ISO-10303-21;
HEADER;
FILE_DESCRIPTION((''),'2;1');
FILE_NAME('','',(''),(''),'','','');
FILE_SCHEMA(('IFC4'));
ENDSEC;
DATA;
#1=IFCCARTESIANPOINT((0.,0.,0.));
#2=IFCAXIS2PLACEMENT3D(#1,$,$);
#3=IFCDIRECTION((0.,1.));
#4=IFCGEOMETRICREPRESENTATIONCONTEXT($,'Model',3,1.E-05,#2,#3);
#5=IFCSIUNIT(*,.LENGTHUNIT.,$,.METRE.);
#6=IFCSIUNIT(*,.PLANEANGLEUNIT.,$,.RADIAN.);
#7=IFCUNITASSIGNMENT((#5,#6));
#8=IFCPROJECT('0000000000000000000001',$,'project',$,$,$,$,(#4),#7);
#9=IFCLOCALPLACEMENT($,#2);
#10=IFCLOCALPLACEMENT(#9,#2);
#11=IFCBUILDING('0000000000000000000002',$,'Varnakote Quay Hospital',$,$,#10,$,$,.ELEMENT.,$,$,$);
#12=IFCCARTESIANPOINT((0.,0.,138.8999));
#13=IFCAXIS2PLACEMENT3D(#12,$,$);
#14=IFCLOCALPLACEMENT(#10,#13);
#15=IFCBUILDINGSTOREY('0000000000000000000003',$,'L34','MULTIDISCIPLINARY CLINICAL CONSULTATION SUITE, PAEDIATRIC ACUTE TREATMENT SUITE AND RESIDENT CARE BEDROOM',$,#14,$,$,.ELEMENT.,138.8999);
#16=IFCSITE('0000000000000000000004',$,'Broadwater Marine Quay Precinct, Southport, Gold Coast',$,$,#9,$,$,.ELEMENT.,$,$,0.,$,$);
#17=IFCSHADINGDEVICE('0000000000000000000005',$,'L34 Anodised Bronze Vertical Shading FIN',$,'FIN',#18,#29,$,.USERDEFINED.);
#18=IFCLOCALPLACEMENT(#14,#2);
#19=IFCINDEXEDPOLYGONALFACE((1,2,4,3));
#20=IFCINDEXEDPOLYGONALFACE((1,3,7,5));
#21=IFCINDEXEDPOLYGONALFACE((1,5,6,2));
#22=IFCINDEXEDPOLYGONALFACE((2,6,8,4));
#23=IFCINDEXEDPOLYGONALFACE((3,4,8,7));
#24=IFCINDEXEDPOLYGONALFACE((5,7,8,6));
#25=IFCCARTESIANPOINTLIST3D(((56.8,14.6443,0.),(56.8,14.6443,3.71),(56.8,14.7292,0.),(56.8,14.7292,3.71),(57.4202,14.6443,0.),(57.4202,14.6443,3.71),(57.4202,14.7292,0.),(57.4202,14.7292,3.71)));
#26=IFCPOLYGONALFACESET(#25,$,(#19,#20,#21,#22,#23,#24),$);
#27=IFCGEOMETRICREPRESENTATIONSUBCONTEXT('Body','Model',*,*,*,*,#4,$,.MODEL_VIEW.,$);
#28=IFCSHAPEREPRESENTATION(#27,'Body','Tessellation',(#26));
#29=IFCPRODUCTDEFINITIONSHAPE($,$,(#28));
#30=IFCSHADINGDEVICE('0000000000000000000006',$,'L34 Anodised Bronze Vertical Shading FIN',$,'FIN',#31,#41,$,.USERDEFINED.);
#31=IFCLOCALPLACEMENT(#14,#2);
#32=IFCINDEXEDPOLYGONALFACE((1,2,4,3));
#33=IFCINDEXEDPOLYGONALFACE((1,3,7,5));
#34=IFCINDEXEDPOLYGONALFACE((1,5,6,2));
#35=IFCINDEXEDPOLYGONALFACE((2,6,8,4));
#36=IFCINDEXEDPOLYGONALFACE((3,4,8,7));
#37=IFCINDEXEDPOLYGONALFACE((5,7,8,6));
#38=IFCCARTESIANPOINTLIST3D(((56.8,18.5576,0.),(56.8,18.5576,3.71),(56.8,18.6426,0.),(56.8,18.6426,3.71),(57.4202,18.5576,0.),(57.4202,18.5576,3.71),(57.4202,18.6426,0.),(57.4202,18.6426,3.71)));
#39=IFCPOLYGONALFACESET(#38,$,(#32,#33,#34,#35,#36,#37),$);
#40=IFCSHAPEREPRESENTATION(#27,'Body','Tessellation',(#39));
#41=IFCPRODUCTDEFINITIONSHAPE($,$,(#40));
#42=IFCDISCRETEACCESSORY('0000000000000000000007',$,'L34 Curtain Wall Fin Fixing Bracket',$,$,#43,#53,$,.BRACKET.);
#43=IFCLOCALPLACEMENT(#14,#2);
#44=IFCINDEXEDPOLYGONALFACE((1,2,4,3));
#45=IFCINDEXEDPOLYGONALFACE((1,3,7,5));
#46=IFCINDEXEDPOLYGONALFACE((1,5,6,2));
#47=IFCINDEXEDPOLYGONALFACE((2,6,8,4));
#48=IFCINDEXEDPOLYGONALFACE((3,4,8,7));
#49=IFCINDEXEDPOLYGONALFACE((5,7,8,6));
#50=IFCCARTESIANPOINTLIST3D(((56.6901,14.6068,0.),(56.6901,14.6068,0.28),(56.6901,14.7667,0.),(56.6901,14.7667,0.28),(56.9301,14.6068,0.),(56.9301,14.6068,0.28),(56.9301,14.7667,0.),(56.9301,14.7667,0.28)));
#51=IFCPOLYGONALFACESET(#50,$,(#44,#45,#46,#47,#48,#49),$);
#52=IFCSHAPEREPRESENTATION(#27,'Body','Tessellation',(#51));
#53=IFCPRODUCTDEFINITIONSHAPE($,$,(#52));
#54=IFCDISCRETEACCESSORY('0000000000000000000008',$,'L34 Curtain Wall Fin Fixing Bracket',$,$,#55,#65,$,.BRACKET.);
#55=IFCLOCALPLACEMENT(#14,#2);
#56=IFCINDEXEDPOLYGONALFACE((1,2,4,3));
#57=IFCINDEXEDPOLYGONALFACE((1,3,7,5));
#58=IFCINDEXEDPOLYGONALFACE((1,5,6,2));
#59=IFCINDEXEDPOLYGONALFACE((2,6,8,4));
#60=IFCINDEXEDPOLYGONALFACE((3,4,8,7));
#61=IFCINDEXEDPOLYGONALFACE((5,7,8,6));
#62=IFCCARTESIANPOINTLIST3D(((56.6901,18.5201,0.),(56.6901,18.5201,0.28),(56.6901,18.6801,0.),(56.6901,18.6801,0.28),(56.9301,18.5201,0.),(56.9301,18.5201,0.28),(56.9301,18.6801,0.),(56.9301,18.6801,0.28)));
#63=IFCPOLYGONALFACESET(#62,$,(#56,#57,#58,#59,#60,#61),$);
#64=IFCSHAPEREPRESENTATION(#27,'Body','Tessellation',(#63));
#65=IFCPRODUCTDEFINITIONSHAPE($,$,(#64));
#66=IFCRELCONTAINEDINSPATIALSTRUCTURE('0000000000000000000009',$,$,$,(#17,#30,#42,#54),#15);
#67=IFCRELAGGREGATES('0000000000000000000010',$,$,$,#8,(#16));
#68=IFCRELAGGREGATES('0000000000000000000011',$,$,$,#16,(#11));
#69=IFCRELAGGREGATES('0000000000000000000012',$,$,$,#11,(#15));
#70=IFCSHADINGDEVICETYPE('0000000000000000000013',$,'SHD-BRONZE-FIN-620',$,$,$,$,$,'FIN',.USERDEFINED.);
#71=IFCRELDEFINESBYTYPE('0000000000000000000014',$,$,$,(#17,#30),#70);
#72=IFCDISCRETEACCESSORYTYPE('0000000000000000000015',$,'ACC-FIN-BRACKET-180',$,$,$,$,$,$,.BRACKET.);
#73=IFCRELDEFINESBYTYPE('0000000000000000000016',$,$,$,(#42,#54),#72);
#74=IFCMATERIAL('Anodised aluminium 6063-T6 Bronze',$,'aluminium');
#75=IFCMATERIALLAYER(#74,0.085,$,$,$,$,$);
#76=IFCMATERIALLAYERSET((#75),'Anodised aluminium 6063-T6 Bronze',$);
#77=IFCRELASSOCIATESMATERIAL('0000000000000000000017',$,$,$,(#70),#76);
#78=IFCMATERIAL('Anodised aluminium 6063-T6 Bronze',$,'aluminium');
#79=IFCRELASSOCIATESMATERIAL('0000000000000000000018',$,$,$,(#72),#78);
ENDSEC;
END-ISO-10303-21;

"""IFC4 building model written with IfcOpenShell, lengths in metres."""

from ifc_helpers import new_model, si_unit, direction, frame, origin, origin_2d, place, context, subcontext, project, spatial, rectangle, extrude, material, layer, layer_set, type_object, element, save


model = new_model("IFC4")

# Units and contexts
model_context = context("Model", 3, precision=1e-05, world=origin(), true_north=direction((0.0, 1.0)))
body_context = subcontext(model_context, "Body", "Model", "MODEL_VIEW")
ifc_project = project(units=[si_unit("LENGTHUNIT", "METRE"), si_unit("PLANEANGLEUNIT", "RADIAN")], contexts=[model_context])

# Site, building, storey
site_placement = place(None, origin())
site = spatial("IfcSite", under=ifc_project, at=site_placement, Name="Broadwater Marine Quay Precinct, Southport, Gold Coast", CompositionType="ELEMENT", RefElevation=0.0)
building_placement = place(site_placement, origin())
building = spatial("IfcBuilding", under=site, at=building_placement, Name="Varnakote Quay Hospital", CompositionType="ELEMENT")
storey_placement = place(building_placement, frame((0.0, 0.0, 138.8999)))
storey = spatial("IfcBuildingStorey", under=building, at=storey_placement, Name="L34", Description="MULTIDISCIPLINARY CLINICAL CONSULTATION SUITE, PAEDIATRIC ACUTE TREATMENT SUITE AND RESIDENT CARE BEDROOM", CompositionType="ELEMENT", Elevation=138.8999)

# Shading devices
ifc_material_1 = material(Name="Anodised aluminium 6063-T6 Bronze", Category="aluminium")
ifc_layer_1 = layer(ifc_material_1, 0.085)
ifc_layer_set_1 = layer_set([ifc_layer_1], Name="Anodised aluminium 6063-T6 Bronze")
shading_device_type = type_object("IfcShadingDeviceType", Name="SHD-BRONZE-FIN-620", ElementType="FIN", PredefinedType="USERDEFINED", material=ifc_layer_set_1)
for number, where, z_axis, x_axis, name in (
    (1, (57.1101, 14.6868, 0.0), (0.0, 0.0, 1.0), (-1.0, 0.0, 0.0), "L34 Anodised Bronze Vertical Shading FIN"),
    (2, (57.1101, 18.6001, 0.0), (0.0, 0.0, 1.0), (-1.0, 0.0, 0.0), "L34 Anodised Bronze Vertical Shading FIN"),
):
    element("IfcShadingDevice", number, at=place(storey_placement, frame(where, z_axis=z_axis, x_axis=x_axis)), inside=storey, type_object=shading_device_type, Name=name, ObjectType="FIN", PredefinedType="USERDEFINED", context=body_context, shape_type="SweptSolid", body=[
        extrude(rectangle(XDim=0.6201, YDim=0.085, at=origin_2d()), origin(), (0.0, 0.0, 1.0), 3.71),
    ])

# Discrete accessories
ifc_material_2 = material(Name="Anodised aluminium 6063-T6 Bronze", Category="aluminium")
discrete_accessory_type = type_object("IfcDiscreteAccessoryType", Name="ACC-FIN-BRACKET-180", PredefinedType="BRACKET", material=ifc_material_2)
for number, where, z_axis, x_axis, name in (
    (3, (56.8101, 14.6868, 0.0), (0.0, 0.0, 1.0), (0.0, 1.0, 0.0), "L34 Curtain Wall Fin Fixing Bracket"),
    (4, (56.8101, 18.6001, 0.0), (0.0, 0.0, 1.0), (0.0, 1.0, 0.0), "L34 Curtain Wall Fin Fixing Bracket"),
):
    element("IfcDiscreteAccessory", number, at=place(storey_placement, frame(where, z_axis=z_axis, x_axis=x_axis)), inside=storey, type_object=discrete_accessory_type, Name=name, PredefinedType="BRACKET", context=body_context, shape_type="SweptSolid", body=[
        extrude(rectangle(XDim=0.1599, YDim=0.24, at=origin_2d()), origin(), (0.0, 0.0, 1.0), 0.28),
    ])

save(model, "model.ifc")
